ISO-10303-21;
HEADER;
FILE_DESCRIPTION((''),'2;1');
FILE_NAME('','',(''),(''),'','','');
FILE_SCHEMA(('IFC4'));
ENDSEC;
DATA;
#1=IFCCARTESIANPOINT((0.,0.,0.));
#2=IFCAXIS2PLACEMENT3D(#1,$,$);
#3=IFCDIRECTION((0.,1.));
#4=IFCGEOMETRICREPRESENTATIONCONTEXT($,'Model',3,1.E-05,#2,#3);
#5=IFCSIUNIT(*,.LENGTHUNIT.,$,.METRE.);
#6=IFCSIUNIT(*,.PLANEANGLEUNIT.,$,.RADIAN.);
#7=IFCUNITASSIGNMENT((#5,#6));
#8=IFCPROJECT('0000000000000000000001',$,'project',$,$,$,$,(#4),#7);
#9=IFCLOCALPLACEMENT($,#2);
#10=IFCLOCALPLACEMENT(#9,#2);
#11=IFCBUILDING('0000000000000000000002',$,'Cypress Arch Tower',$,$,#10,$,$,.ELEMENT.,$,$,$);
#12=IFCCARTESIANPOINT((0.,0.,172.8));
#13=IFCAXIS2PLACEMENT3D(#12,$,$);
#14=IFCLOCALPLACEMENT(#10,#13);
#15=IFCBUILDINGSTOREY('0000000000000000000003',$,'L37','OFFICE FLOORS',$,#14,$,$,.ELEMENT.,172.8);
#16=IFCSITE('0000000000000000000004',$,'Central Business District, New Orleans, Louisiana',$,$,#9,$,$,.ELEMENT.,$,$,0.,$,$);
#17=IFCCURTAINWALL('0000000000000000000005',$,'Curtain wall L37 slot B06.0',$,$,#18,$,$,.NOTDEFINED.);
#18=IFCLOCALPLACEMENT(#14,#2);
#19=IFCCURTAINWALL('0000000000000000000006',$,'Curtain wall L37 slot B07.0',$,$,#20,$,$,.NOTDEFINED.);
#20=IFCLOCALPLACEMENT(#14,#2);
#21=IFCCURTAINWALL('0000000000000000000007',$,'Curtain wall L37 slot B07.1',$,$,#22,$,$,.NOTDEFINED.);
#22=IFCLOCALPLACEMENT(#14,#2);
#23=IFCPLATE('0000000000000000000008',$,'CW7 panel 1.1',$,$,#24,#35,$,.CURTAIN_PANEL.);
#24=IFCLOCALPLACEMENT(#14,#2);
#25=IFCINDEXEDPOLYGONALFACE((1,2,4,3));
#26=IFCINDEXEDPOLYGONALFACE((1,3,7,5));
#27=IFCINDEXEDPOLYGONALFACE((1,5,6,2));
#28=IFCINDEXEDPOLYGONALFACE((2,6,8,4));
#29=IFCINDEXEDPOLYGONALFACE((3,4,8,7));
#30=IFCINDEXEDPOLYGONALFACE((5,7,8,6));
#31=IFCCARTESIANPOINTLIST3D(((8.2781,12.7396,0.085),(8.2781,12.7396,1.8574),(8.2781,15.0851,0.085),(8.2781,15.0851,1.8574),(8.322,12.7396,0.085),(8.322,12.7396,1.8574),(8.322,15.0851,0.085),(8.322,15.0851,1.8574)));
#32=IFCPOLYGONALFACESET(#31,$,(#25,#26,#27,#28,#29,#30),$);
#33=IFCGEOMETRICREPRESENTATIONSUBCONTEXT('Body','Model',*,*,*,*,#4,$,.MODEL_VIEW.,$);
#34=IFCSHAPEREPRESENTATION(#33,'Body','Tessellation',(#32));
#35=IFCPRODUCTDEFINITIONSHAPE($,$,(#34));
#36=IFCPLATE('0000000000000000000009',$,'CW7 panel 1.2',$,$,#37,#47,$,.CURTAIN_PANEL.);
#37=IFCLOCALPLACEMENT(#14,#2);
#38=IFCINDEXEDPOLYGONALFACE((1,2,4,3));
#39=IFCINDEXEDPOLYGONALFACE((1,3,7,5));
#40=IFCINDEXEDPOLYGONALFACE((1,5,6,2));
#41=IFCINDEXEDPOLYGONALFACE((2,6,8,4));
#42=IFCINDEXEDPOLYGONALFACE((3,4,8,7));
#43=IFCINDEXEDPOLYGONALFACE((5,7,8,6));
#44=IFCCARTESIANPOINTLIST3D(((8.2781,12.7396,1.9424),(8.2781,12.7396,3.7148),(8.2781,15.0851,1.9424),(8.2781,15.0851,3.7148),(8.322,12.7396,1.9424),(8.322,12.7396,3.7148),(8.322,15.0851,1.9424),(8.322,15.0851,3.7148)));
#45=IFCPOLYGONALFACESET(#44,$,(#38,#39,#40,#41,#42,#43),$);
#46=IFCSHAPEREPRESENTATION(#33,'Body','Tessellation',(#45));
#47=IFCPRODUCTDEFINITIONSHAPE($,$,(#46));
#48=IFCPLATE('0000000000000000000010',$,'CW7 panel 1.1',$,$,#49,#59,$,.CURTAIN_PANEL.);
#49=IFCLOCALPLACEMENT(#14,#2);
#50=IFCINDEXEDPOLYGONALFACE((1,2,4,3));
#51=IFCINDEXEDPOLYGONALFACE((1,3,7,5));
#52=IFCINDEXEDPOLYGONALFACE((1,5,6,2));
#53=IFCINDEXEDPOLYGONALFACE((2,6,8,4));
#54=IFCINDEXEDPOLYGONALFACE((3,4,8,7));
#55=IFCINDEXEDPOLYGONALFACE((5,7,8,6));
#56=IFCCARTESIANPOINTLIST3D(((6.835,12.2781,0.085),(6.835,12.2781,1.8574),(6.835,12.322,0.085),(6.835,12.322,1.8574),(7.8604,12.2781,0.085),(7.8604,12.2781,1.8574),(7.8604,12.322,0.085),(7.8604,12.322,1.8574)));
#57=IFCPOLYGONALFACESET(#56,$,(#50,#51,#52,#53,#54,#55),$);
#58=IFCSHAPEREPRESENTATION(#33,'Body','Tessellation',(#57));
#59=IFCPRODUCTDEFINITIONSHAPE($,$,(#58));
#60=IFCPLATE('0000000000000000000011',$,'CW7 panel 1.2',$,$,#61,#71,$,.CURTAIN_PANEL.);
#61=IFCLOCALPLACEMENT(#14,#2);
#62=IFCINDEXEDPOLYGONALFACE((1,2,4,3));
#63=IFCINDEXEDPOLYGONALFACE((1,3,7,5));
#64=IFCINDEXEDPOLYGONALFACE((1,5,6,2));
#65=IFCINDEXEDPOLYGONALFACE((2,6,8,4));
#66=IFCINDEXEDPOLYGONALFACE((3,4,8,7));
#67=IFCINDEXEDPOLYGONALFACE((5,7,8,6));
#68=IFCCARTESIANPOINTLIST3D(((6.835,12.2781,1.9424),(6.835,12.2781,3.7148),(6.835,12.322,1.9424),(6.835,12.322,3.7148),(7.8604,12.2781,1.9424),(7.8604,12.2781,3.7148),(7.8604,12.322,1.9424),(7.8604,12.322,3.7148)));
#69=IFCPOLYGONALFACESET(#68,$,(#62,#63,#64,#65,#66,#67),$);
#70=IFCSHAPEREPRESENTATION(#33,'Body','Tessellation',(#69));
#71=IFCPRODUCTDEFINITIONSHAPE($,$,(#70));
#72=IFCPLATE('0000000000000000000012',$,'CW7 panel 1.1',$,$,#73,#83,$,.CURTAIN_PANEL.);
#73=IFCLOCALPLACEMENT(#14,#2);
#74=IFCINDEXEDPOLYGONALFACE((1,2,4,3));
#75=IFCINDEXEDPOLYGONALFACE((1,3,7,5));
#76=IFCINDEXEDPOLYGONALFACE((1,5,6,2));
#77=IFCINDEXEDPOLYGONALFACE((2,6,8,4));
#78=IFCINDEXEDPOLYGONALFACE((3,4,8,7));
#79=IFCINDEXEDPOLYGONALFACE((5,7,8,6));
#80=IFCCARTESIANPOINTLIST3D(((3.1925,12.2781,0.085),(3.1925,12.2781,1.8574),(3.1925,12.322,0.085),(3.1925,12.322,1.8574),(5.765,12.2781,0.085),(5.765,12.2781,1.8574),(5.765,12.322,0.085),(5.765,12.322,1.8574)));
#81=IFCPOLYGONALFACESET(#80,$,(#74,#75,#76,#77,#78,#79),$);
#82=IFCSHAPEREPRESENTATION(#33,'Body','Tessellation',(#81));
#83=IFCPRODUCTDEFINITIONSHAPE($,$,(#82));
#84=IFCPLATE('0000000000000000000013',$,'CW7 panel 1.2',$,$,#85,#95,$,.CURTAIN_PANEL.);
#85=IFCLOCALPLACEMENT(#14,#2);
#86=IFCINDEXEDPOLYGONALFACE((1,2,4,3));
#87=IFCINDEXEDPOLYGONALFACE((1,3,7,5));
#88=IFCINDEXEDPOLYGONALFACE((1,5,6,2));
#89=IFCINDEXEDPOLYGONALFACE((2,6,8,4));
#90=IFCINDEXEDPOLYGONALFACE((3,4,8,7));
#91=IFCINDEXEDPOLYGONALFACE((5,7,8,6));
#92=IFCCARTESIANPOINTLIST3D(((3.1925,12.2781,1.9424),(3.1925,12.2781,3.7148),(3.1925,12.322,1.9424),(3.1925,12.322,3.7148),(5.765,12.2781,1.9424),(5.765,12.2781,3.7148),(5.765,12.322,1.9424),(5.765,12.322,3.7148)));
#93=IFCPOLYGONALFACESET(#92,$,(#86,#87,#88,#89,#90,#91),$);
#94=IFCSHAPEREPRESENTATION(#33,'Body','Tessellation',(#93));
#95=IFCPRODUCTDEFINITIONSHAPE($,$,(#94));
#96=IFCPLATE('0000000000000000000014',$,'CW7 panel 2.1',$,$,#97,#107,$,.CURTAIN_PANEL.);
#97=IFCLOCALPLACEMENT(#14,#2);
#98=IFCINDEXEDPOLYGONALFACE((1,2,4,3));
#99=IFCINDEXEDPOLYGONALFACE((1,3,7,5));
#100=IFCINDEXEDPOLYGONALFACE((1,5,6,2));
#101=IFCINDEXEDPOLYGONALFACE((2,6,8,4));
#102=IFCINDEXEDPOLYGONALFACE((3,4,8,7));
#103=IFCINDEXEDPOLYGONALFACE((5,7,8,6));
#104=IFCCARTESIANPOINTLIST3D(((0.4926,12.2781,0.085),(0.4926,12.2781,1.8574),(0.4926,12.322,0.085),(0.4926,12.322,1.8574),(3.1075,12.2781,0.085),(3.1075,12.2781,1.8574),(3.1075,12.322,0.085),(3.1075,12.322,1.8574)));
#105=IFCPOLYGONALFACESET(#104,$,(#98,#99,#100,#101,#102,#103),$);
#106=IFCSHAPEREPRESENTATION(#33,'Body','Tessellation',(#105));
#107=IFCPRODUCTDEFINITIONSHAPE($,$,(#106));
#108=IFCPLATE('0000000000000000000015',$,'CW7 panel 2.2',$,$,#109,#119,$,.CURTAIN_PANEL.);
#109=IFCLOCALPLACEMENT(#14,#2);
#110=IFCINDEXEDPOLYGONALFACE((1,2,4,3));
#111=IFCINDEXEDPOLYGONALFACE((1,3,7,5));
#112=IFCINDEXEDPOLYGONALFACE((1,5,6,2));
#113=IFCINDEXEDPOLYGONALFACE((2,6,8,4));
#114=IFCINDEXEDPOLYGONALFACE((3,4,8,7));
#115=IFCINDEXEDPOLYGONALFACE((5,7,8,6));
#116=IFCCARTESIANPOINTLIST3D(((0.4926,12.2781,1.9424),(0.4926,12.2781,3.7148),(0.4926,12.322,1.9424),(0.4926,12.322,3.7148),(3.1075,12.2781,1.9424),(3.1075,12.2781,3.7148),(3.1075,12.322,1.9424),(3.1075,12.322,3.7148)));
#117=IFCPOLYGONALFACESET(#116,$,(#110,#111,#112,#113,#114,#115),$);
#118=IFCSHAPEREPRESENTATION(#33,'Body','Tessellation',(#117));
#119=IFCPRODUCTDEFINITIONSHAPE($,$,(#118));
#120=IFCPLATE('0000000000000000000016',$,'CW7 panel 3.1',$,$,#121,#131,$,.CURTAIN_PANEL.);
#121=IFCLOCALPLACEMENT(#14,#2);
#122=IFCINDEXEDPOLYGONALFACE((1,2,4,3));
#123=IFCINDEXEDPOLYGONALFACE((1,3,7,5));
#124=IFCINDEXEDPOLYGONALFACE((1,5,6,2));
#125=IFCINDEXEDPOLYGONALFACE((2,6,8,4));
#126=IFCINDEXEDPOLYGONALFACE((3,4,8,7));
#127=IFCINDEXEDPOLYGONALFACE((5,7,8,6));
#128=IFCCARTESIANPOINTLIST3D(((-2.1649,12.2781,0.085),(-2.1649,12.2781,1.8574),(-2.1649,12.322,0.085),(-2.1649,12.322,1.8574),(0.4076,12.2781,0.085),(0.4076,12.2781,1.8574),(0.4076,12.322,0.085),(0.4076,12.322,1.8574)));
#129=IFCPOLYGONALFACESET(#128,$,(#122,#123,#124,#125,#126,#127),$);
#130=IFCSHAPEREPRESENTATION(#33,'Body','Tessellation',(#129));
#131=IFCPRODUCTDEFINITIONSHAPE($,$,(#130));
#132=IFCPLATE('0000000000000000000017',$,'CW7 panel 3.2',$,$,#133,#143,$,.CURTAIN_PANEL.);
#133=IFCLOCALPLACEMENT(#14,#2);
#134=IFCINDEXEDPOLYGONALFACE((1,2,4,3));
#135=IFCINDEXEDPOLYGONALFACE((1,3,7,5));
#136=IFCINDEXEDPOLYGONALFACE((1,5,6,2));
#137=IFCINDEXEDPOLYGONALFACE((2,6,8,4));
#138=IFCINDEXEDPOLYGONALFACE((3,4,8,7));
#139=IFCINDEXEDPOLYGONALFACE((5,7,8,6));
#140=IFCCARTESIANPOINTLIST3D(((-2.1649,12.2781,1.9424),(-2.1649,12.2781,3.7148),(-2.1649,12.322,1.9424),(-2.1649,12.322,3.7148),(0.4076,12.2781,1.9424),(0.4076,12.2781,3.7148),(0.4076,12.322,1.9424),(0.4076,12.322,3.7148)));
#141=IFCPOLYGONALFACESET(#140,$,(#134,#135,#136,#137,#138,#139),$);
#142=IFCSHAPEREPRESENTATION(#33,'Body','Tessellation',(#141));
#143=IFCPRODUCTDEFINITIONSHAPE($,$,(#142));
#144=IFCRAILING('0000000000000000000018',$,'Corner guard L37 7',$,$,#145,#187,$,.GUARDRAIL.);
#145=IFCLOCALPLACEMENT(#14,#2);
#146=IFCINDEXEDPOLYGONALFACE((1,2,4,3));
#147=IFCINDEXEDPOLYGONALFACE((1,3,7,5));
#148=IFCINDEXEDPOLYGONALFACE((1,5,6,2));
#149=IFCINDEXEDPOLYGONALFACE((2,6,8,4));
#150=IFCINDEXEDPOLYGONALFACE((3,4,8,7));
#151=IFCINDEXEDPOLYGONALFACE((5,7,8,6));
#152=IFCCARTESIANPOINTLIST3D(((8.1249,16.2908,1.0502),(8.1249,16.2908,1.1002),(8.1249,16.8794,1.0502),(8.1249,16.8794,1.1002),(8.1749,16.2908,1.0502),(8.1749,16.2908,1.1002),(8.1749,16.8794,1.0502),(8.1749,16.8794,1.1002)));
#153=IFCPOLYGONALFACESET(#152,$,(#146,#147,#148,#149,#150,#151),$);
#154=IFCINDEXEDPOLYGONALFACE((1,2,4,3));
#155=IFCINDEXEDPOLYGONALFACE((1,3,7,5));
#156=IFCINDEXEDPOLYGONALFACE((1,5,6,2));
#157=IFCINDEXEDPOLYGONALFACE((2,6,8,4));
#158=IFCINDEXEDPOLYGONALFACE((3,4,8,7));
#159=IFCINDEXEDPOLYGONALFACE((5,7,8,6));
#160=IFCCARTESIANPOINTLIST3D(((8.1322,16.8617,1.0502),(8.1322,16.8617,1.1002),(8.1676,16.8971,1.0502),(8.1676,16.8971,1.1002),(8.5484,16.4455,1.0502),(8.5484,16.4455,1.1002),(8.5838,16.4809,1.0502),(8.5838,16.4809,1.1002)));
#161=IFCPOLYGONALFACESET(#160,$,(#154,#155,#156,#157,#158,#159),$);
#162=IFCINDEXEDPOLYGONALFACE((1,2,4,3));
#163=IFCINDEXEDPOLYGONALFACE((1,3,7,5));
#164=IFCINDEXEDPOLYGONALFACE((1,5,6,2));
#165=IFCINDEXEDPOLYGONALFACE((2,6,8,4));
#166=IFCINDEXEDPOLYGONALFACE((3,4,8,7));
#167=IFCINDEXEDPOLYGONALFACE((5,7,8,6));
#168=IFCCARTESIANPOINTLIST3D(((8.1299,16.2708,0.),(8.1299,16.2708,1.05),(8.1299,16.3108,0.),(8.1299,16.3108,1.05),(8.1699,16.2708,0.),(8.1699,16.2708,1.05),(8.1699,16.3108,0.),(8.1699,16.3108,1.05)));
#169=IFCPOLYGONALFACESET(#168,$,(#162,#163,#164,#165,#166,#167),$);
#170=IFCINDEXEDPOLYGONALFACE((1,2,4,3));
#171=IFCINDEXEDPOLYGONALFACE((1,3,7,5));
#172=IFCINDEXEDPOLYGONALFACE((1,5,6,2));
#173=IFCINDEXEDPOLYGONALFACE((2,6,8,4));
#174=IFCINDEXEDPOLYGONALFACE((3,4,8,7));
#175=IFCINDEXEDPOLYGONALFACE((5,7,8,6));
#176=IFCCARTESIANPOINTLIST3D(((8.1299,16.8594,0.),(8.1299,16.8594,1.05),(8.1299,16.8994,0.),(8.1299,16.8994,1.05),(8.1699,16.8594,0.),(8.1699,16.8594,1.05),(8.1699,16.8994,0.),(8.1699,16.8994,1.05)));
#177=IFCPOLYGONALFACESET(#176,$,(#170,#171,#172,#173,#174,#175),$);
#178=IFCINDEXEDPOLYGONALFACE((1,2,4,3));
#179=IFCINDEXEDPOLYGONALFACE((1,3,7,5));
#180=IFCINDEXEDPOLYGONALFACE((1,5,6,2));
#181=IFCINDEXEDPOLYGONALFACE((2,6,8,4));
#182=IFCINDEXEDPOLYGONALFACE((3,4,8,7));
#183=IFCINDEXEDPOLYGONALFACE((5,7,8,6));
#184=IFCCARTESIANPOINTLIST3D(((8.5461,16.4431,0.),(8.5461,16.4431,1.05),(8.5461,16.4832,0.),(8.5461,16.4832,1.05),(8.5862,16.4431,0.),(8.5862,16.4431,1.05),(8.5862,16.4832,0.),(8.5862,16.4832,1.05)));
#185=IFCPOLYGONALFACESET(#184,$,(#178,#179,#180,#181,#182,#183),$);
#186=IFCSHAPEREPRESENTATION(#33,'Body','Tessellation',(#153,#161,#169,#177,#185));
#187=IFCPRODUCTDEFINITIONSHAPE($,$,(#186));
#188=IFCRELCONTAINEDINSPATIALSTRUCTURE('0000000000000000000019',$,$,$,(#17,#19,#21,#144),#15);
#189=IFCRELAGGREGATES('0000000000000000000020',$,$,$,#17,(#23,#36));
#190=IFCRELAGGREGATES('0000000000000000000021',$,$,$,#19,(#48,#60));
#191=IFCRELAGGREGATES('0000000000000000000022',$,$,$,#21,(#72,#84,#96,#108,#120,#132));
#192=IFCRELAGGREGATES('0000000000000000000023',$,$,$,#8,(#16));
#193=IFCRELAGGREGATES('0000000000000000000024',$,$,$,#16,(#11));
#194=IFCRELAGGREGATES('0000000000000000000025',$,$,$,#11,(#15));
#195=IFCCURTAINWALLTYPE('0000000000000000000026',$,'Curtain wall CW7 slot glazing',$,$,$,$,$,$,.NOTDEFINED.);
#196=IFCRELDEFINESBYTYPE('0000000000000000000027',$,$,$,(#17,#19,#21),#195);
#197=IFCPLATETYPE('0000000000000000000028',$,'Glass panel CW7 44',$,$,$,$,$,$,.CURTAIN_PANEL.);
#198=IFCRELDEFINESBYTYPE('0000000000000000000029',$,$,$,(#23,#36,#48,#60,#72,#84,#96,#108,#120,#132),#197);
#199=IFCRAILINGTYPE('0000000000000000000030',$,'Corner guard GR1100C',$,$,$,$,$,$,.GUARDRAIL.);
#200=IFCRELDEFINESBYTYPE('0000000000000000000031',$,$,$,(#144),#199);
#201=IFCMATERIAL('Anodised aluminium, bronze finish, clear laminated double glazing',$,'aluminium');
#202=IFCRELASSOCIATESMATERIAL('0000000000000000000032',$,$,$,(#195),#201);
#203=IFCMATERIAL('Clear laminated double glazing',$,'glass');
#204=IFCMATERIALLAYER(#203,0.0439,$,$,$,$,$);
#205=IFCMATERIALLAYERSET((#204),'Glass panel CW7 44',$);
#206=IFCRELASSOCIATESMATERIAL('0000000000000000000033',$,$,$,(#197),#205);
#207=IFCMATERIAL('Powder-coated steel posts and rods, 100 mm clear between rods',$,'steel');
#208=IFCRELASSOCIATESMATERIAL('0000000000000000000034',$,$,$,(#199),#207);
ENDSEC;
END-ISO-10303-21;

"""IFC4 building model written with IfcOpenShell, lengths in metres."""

from ifc_helpers import new_model, si_unit, direction, frame, origin, origin_2d, place, context, subcontext, project, spatial, rectangle, extrude, material, layer, layer_set, type_object, element, aggregate, save


model = new_model("IFC4")

# Units and contexts
model_context = context("Model", 3, precision=1e-05, world=origin(), true_north=direction((0.0, 1.0)))
body_context = subcontext(model_context, "Body", "Model", "MODEL_VIEW")
ifc_project = project(units=[si_unit("LENGTHUNIT", "METRE"), si_unit("PLANEANGLEUNIT", "RADIAN")], contexts=[model_context])

# Site, building, storey
site_placement = place(None, origin())
site = spatial("IfcSite", under=ifc_project, at=site_placement, Name="Central Business District, New Orleans, Louisiana", CompositionType="ELEMENT", RefElevation=0.0)
building_placement = place(site_placement, origin())
building = spatial("IfcBuilding", under=site, at=building_placement, Name="Cypress Arch Tower", CompositionType="ELEMENT")
storey_placement = place(building_placement, frame((0.0, 0.0, 172.8)))
storey = spatial("IfcBuildingStorey", under=building, at=storey_placement, Name="L37", Description="OFFICE FLOORS", CompositionType="ELEMENT", Elevation=172.8)

# Curtain wall
ifc_material_1 = material(Name="Anodised aluminium, bronze finish, clear laminated double glazing", Category="aluminium")
curtain_wall_type = type_object("IfcCurtainWallType", Name="Curtain wall CW7 slot glazing", PredefinedType="NOTDEFINED", material=ifc_material_1)
curtain_wall_1_placement = place(storey_placement, origin())
curtain_wall_1 = element("IfcCurtainWall", 1, at=curtain_wall_1_placement, inside=storey, type_object=curtain_wall_type, Name="Curtain wall L37 slot B06.0", PredefinedType="NOTDEFINED")

# Curtain walls
curtain_wall_2_placement = place(storey_placement, origin())
curtain_wall_2 = element("IfcCurtainWall", 2, at=curtain_wall_2_placement, inside=storey, type_object=curtain_wall_type, Name="Curtain wall L37 slot B07.0", PredefinedType="NOTDEFINED")
curtain_wall_3_placement = place(storey_placement, origin())
curtain_wall_3 = element("IfcCurtainWall", 3, at=curtain_wall_3_placement, inside=storey, type_object=curtain_wall_type, Name="Curtain wall L37 slot B07.1", PredefinedType="NOTDEFINED")

# Plates
ifc_material_2 = material(Name="Clear laminated double glazing", Category="glass")
ifc_layer = layer(ifc_material_2, 0.0439)
ifc_layer_set = layer_set([ifc_layer], Name="Glass panel CW7 44")
plate_type = type_object("IfcPlateType", Name="Glass panel CW7 44", PredefinedType="CURTAIN_PANEL", material=ifc_layer_set)
plate_1_placement = place(storey_placement, frame((8.3, 13.9124, 0.085), z_axis=(0.0, 0.0, 1.0), x_axis=(0.0, -1.0, 0.0)))
plate_1 = element("IfcPlate", 4, at=plate_1_placement, type_object=plate_type, Name="CW7 panel 1.1", PredefinedType="CURTAIN_PANEL", context=body_context, shape_type="SweptSolid", body=[
    extrude(rectangle(XDim=2.3455, YDim=0.0439, at=origin_2d()), origin(), (0.0, 0.0, 1.0), 1.7725),
])
plate_2_placement = place(storey_placement, frame((8.3, 13.9124, 1.9424), z_axis=(0.0, 0.0, 1.0), x_axis=(0.0, -1.0, 0.0)))
plate_2 = element("IfcPlate", 5, at=plate_2_placement, type_object=plate_type, Name="CW7 panel 1.2", PredefinedType="CURTAIN_PANEL", context=body_context, shape_type="SweptSolid", body=[
    extrude(rectangle(XDim=2.3455, YDim=0.0439, at=origin_2d()), origin(), (0.0, 0.0, 1.0), 1.7725),
])
aggregate(curtain_wall_1, [plate_1, plate_2])
plate_3_placement = place(storey_placement, frame((7.3477, 12.3, 0.085), z_axis=(0.0, 0.0, 1.0), x_axis=(-1.0, 0.0, 0.0)))
plate_3 = element("IfcPlate", 6, at=plate_3_placement, type_object=plate_type, Name="CW7 panel 1.1", PredefinedType="CURTAIN_PANEL", context=body_context, shape_type="SweptSolid", body=[
    extrude(rectangle(XDim=1.0254, YDim=0.0439, at=origin_2d()), origin(), (0.0, 0.0, 1.0), 1.7725),
])
plate_4_placement = place(storey_placement, frame((7.3477, 12.3, 1.9424), z_axis=(0.0, 0.0, 1.0), x_axis=(-1.0, 0.0, 0.0)))
plate_4 = element("IfcPlate", 7, at=plate_4_placement, type_object=plate_type, Name="CW7 panel 1.2", PredefinedType="CURTAIN_PANEL", context=body_context, shape_type="SweptSolid", body=[
    extrude(rectangle(XDim=1.0254, YDim=0.0439, at=origin_2d()), origin(), (0.0, 0.0, 1.0), 1.7725),
])
aggregate(curtain_wall_2, [plate_3, plate_4])
plate_5_placement = place(storey_placement, frame((4.4788, 12.3, 0.085), z_axis=(0.0, 0.0, 1.0), x_axis=(-1.0, 0.0, 0.0)))
plate_5 = element("IfcPlate", 8, at=plate_5_placement, type_object=plate_type, Name="CW7 panel 1.1", PredefinedType="CURTAIN_PANEL", context=body_context, shape_type="SweptSolid", body=[
    extrude(rectangle(XDim=2.5725, YDim=0.0439, at=origin_2d()), origin(), (0.0, 0.0, 1.0), 1.7725),
])
plate_6_placement = place(storey_placement, frame((4.4788, 12.3, 1.9424), z_axis=(0.0, 0.0, 1.0), x_axis=(-1.0, 0.0, 0.0)))
plate_6 = element("IfcPlate", 9, at=plate_6_placement, type_object=plate_type, Name="CW7 panel 1.2", PredefinedType="CURTAIN_PANEL", context=body_context, shape_type="SweptSolid", body=[
    extrude(rectangle(XDim=2.5725, YDim=0.0439, at=origin_2d()), origin(), (0.0, 0.0, 1.0), 1.7725),
])
plate_7_placement = place(storey_placement, frame((1.8, 12.3, 0.085), z_axis=(0.0, 0.0, 1.0), x_axis=(-1.0, 0.0, 0.0)))
plate_7 = element("IfcPlate", 10, at=plate_7_placement, type_object=plate_type, Name="CW7 panel 2.1", PredefinedType="CURTAIN_PANEL", context=body_context, shape_type="SweptSolid", body=[
    extrude(rectangle(XDim=2.615, YDim=0.0439, at=origin_2d()), origin(), (0.0, 0.0, 1.0), 1.7725),
])
plate_8_placement = place(storey_placement, frame((1.8, 12.3, 1.9424), z_axis=(0.0, 0.0, 1.0), x_axis=(-1.0, 0.0, 0.0)))
plate_8 = element("IfcPlate", 11, at=plate_8_placement, type_object=plate_type, Name="CW7 panel 2.2", PredefinedType="CURTAIN_PANEL", context=body_context, shape_type="SweptSolid", body=[
    extrude(rectangle(XDim=2.615, YDim=0.0439, at=origin_2d()), origin(), (0.0, 0.0, 1.0), 1.7725),
])
plate_9_placement = place(storey_placement, frame((-0.8787, 12.3, 0.085), z_axis=(0.0, 0.0, 1.0), x_axis=(-1.0, 0.0, 0.0)))
plate_9 = element("IfcPlate", 12, at=plate_9_placement, type_object=plate_type, Name="CW7 panel 3.1", PredefinedType="CURTAIN_PANEL", context=body_context, shape_type="SweptSolid", body=[
    extrude(rectangle(XDim=2.5725, YDim=0.0439, at=origin_2d()), origin(), (0.0, 0.0, 1.0), 1.7725),
])
plate_10_placement = place(storey_placement, frame((-0.8787, 12.3, 1.9424), z_axis=(0.0, 0.0, 1.0), x_axis=(-1.0, 0.0, 0.0)))
plate_10 = element("IfcPlate", 13, at=plate_10_placement, type_object=plate_type, Name="CW7 panel 3.2", PredefinedType="CURTAIN_PANEL", context=body_context, shape_type="SweptSolid", body=[
    extrude(rectangle(XDim=2.5725, YDim=0.0439, at=origin_2d()), origin(), (0.0, 0.0, 1.0), 1.7725),
])
aggregate(curtain_wall_3, [plate_5, plate_6, plate_7, plate_8, plate_9, plate_10])

# Railing
ifc_material_3 = material(Name="Powder-coated steel posts and rods, 100 mm clear between rods", Category="steel")
railing_type = type_object("IfcRailingType", Name="Corner guard GR1100C", PredefinedType="GUARDRAIL", material=ifc_material_3)
railing_placement = place(storey_placement, frame((8.1499, 16.2908, 0.0)))
element("IfcRailing", 14, at=railing_placement, inside=storey, type_object=railing_type, Name="Corner guard L37 7", PredefinedType="GUARDRAIL", context=body_context, shape_type="SweptSolid", body=[
    extrude(rectangle(XDim=0.05, YDim=0.05, at=origin_2d()), frame((0.0, 0.0, 1.0752), z_axis=(0.0, 1.0, 0.0), x_axis=(-1.0, 0.0, 0.0)), (0.0, 0.0, 1.0), 0.5886),
    extrude(rectangle(XDim=0.05, YDim=0.05, at=origin_2d()), frame((0.0, 0.5886, 1.0752), z_axis=(0.707107, -0.707107, 0.0), x_axis=(0.707107, 0.707107, 0.0)), (0.0, 0.0, 1.0), 0.5886),
    extrude(rectangle(XDim=0.04, YDim=0.04, at=origin_2d()), origin(), (0.0, 0.0, 1.0), 1.05),
    extrude(rectangle(XDim=0.04, YDim=0.04, at=origin_2d()), frame((0.0, 0.5886, 0.0)), (0.0, 0.0, 1.0), 1.05),
    extrude(rectangle(XDim=0.04, YDim=0.04, at=origin_2d()), frame((0.4163, 0.1724, 0.0)), (0.0, 0.0, 1.0), 1.05),
])

save(model, "model.ifc")
